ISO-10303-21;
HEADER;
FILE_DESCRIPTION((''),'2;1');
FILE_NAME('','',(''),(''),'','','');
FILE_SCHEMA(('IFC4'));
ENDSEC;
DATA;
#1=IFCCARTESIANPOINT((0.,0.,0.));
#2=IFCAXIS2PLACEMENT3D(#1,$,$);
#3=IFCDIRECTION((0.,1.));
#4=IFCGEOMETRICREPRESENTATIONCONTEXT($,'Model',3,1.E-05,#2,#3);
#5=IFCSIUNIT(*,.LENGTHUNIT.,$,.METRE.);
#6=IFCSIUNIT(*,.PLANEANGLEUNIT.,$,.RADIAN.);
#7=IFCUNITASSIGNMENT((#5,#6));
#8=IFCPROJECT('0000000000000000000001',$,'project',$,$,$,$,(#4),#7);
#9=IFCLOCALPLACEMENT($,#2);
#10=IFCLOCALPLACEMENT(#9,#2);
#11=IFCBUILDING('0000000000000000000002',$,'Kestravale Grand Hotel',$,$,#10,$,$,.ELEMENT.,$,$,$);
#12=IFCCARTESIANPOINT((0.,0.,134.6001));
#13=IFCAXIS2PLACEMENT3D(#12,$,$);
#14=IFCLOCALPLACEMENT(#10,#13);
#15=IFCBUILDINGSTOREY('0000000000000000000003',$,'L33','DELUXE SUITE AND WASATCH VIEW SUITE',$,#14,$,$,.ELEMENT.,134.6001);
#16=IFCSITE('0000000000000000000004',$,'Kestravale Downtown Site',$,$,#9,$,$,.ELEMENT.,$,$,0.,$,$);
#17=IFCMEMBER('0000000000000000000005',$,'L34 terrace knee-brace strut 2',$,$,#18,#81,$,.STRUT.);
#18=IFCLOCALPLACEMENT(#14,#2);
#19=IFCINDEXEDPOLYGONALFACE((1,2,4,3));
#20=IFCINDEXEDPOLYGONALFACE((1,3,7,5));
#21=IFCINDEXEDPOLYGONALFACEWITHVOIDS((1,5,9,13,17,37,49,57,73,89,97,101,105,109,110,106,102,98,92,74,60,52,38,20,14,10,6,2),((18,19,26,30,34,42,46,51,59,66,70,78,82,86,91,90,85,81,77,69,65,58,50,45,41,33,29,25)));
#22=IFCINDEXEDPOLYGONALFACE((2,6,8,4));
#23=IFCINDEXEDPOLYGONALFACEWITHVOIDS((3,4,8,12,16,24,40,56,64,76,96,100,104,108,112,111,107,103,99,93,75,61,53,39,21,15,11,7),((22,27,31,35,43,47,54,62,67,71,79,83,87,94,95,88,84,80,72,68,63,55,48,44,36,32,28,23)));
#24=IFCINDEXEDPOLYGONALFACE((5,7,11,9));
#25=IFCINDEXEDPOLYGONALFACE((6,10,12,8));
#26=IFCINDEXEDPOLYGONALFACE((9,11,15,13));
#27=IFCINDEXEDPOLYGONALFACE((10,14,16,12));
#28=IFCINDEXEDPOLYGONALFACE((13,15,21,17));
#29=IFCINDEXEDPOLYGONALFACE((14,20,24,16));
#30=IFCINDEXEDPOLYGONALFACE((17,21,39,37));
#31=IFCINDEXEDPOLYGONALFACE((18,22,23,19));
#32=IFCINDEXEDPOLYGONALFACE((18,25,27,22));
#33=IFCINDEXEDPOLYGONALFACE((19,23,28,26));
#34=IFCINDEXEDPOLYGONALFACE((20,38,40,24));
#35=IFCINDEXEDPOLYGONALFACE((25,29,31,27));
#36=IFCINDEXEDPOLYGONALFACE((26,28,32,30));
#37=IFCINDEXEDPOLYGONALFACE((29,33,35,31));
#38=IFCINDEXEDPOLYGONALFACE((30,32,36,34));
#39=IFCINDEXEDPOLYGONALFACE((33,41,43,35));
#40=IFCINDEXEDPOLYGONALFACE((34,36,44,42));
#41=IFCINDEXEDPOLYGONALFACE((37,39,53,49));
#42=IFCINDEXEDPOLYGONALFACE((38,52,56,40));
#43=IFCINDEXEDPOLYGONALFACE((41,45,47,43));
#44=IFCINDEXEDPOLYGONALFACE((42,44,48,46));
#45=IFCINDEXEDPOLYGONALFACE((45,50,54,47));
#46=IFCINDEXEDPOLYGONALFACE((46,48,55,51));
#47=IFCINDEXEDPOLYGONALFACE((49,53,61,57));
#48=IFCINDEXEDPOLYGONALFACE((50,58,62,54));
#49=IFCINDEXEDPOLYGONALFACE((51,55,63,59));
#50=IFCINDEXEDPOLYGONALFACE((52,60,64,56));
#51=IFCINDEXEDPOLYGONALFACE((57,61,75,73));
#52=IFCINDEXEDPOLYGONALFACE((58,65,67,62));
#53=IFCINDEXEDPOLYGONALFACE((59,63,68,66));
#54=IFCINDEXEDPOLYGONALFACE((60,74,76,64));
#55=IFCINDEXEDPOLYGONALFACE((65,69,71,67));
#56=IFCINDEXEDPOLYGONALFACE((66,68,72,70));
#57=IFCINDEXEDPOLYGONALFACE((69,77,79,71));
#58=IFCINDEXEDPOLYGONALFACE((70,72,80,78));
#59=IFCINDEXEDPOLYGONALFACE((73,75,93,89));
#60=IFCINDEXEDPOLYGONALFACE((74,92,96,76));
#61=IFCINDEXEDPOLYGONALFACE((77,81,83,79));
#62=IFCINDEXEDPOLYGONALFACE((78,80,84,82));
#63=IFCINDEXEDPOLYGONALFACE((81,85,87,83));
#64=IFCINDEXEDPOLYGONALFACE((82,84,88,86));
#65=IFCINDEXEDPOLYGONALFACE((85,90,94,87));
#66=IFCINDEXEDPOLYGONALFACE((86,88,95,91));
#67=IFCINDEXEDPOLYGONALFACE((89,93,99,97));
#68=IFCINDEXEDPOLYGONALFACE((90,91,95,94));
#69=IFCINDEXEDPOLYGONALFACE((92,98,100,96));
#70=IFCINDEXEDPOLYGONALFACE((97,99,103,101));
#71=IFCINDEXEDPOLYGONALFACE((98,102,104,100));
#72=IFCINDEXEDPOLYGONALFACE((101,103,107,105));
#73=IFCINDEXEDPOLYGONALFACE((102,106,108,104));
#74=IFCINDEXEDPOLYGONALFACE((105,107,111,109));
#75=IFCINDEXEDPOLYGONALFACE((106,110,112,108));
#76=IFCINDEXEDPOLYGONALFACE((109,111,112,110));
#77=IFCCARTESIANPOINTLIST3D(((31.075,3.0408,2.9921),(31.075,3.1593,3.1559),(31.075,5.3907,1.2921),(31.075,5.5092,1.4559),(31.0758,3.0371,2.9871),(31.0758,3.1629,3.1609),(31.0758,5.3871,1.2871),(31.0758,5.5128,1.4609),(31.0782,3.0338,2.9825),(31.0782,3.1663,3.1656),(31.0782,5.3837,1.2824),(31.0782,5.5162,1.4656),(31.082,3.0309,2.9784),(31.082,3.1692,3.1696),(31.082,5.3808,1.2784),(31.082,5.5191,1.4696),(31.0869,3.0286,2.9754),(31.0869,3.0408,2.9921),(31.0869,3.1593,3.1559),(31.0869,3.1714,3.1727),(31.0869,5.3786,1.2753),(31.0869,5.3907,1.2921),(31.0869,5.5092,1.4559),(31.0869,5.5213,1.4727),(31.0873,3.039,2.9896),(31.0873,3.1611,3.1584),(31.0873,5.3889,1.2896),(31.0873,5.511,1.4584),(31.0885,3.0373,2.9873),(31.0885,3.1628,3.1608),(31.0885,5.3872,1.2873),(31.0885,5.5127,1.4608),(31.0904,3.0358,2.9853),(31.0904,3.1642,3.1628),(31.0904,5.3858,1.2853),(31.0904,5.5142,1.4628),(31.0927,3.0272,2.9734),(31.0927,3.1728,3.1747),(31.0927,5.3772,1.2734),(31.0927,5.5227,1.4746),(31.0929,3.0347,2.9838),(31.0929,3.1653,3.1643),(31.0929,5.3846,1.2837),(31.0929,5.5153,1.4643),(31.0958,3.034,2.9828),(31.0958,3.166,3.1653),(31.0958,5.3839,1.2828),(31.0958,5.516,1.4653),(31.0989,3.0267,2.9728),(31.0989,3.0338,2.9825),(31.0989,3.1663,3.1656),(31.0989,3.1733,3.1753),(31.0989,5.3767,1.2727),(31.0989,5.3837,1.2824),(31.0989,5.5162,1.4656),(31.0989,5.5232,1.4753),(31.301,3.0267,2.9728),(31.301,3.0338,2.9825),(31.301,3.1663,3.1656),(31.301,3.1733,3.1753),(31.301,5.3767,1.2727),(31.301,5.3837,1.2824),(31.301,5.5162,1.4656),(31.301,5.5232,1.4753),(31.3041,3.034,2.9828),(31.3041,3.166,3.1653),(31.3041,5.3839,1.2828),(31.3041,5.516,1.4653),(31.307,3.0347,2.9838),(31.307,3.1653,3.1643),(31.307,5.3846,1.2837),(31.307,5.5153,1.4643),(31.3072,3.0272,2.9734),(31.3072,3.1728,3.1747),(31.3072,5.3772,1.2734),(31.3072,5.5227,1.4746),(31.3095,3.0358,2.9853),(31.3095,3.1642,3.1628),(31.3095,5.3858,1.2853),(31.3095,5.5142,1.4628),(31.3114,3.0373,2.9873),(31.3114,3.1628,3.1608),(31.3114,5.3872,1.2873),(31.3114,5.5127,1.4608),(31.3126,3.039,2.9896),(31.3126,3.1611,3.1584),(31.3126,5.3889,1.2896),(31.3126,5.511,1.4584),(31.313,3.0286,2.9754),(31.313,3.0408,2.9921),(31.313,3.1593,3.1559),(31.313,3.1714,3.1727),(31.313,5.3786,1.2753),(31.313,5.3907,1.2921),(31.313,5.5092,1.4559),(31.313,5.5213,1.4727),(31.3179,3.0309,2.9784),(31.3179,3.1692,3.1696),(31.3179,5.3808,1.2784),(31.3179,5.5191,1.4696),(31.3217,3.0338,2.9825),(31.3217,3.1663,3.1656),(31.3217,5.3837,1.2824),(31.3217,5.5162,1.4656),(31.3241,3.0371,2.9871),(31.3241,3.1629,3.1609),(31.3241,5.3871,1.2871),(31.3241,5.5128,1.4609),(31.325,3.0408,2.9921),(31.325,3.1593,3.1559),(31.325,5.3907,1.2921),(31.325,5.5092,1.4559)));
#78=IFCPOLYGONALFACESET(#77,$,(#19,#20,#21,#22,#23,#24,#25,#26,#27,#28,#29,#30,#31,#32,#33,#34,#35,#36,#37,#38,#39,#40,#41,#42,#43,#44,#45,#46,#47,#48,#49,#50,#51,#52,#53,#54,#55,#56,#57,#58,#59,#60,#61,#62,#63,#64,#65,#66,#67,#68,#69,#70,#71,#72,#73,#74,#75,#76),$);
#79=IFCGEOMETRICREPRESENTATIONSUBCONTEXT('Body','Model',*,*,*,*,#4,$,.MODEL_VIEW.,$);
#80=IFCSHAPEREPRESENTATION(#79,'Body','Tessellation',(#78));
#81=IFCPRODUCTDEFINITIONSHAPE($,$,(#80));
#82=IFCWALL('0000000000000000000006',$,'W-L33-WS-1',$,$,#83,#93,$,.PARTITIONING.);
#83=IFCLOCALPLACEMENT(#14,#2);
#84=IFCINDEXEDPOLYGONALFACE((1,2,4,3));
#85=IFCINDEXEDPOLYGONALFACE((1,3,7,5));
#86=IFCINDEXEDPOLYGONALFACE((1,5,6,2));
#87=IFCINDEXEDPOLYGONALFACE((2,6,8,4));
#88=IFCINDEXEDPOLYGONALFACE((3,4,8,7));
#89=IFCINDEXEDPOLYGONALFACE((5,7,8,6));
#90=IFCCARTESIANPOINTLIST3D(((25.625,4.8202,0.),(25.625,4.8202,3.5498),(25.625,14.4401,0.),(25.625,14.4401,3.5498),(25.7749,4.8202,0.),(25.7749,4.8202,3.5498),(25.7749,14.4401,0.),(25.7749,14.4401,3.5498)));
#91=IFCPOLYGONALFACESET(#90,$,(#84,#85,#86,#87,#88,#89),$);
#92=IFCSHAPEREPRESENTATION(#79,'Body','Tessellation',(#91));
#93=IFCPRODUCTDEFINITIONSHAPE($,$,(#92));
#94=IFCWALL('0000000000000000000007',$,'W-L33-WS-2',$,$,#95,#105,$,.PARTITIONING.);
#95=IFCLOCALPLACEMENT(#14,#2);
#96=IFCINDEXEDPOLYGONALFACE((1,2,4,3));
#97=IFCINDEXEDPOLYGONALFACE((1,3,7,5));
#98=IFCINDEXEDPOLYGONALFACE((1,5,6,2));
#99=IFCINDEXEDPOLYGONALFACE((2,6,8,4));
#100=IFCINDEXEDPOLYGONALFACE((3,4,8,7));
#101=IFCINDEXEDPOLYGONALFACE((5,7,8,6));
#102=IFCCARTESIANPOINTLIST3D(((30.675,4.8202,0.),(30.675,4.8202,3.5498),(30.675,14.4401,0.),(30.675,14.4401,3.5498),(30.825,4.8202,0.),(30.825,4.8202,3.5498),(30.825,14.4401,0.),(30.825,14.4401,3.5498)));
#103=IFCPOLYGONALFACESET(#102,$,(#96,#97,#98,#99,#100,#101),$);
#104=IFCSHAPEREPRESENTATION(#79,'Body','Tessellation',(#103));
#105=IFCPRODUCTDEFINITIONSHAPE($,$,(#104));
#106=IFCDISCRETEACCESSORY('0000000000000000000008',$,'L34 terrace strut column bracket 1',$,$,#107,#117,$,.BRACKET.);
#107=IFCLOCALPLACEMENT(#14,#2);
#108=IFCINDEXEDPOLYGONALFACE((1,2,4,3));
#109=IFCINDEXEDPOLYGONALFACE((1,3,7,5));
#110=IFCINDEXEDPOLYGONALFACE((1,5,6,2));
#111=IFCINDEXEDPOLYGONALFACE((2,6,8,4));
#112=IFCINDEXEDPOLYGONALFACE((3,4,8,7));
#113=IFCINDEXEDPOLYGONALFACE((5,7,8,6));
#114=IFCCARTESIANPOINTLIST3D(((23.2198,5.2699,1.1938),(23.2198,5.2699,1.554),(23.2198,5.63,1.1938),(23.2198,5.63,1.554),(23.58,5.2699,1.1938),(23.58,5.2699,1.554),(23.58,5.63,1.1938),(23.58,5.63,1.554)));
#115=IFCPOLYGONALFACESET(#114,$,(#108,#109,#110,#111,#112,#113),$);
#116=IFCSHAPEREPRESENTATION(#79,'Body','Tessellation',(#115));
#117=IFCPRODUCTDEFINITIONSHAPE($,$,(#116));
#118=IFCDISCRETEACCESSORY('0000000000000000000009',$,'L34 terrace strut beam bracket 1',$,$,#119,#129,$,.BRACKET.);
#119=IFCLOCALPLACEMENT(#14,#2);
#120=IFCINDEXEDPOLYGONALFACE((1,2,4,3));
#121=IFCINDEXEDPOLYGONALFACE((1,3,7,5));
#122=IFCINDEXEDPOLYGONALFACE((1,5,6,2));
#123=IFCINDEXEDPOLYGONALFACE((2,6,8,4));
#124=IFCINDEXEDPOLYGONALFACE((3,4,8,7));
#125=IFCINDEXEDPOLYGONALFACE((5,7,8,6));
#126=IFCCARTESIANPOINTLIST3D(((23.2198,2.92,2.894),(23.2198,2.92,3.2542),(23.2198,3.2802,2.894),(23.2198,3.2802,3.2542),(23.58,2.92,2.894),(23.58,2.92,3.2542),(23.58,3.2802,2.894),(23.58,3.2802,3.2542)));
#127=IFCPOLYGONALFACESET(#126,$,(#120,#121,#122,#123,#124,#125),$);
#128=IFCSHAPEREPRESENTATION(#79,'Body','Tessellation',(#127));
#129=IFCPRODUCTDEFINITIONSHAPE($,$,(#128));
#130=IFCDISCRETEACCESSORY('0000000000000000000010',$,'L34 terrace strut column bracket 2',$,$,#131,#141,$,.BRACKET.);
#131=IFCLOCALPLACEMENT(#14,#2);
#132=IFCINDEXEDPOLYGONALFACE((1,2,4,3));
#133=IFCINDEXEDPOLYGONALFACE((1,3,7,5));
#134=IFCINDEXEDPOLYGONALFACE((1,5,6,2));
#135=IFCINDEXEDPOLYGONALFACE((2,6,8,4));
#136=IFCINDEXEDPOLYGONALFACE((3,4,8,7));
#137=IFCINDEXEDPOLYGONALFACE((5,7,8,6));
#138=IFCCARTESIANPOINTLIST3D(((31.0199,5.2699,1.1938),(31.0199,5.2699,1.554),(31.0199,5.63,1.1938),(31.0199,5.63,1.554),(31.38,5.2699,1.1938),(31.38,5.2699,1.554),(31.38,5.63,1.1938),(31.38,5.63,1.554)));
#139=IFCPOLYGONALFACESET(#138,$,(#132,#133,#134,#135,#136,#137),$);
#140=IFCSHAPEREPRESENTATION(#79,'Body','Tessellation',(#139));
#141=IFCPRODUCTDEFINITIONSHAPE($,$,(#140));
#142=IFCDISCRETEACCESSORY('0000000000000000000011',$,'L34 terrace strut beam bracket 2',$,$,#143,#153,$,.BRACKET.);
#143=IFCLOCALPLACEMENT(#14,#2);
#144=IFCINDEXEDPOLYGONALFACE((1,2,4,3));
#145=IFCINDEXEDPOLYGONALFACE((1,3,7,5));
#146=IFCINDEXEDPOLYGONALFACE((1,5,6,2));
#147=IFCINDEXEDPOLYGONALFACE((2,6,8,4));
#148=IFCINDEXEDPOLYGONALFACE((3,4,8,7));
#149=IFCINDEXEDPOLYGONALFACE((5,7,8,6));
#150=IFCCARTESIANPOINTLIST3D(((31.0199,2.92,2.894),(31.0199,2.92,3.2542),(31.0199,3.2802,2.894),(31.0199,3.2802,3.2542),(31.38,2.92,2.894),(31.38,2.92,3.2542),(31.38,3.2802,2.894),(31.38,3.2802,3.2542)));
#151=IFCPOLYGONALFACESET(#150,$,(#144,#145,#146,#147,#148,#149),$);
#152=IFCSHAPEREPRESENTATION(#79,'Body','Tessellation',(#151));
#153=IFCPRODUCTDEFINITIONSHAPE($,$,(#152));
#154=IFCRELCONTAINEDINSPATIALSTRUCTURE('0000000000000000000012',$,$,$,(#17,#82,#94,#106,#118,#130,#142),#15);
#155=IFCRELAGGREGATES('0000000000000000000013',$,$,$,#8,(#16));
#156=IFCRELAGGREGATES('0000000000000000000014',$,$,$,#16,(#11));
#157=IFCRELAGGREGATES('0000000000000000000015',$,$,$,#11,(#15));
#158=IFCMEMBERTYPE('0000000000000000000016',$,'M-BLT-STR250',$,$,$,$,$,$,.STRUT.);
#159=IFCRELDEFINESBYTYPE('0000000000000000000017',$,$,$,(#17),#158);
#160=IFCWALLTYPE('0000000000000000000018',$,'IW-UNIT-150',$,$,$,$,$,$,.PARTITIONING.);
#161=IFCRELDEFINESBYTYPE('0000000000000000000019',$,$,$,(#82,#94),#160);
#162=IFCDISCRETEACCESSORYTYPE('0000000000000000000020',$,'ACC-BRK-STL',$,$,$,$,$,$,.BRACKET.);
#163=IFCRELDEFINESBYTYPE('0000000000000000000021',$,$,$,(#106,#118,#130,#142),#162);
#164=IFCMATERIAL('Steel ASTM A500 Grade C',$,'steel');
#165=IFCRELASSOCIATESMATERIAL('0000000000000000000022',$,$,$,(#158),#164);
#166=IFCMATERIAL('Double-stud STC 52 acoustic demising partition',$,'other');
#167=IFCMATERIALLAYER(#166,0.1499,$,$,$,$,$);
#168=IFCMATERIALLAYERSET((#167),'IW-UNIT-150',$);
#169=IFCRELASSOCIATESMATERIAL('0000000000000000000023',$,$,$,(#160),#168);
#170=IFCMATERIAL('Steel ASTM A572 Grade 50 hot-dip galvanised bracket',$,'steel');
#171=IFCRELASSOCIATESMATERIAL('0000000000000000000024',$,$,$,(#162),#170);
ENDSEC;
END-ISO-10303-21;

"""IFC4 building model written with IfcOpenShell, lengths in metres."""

from ifc_helpers import new_model, si_unit, direction, frame, frame_2d, origin, origin_2d, place, context, subcontext, project, spatial, rectangle, hollow_rectangle, extrude, material, layer, layer_set, material_profile, profile_set, type_object, element, save


model = new_model("IFC4")

# Units and contexts
model_context = context("Model", 3, precision=1e-05, world=origin(), true_north=direction((0.0, 1.0)))
body_context = subcontext(model_context, "Body", "Model", "MODEL_VIEW")
ifc_project = project(units=[si_unit("LENGTHUNIT", "METRE"), si_unit("PLANEANGLEUNIT", "RADIAN")], contexts=[model_context])

# Site, building, storey
site_placement = place(None, origin())
site = spatial("IfcSite", under=ifc_project, at=site_placement, Name="Kestravale Downtown Site", CompositionType="ELEMENT", RefElevation=0.0)
building_placement = place(site_placement, origin())
building = spatial("IfcBuilding", under=site, at=building_placement, Name="Kestravale Grand Hotel", CompositionType="ELEMENT")
storey_placement = place(building_placement, frame((0.0, 0.0, 134.6001)))
storey = spatial("IfcBuildingStorey", under=building, at=storey_placement, Name="L33", Description="DELUXE SUITE AND WASATCH VIEW SUITE", CompositionType="ELEMENT", Elevation=134.6001)

# Member
ifc_material_1 = material(Name="Steel ASTM A500 Grade C", Category="steel")
ifc_material_profile_1 = material_profile(ifc_material_1, hollow_rectangle(XDim=0.25, YDim=0.25, WallThickness=0.012, InnerFilletRadius=0.012, OuterFilletRadius=0.0239, at=origin_2d()))
ifc_profile_set_1 = profile_set([ifc_material_profile_1], Name="Steel ASTM A500 Grade C")
member_type = type_object("IfcMemberType", Name="M-BLT-STR250", PredefinedType="STRUT", material=ifc_profile_set_1)
for number, where, z_axis, x_axis, name in (
    (1, (31.2, 5.45, 1.374), (0.0, -0.810215, 0.586133), (1.0, 0.0, 0.0), "L34 terrace knee-brace strut 2"),
):
    element("IfcMember", number, at=place(storey_placement, frame(where, z_axis=z_axis, x_axis=x_axis)), inside=storey, type_object=member_type, Name=name, PredefinedType="STRUT", context=body_context, shape_type="SweptSolid", body=[
        extrude(hollow_rectangle(XDim=0.25, YDim=0.25, WallThickness=0.012, InnerFilletRadius=0.012, OuterFilletRadius=0.0239, at=origin_2d()), origin(), (0.0, 0.0, 1.0), 2.9004),
    ])

# Walls
ifc_material_2 = material(Name="Double-stud STC 52 acoustic demising partition", Category="other")
ifc_layer = layer(ifc_material_2, 0.1499)
ifc_layer_set = layer_set([ifc_layer], Name="IW-UNIT-150")
wall_type = type_object("IfcWallType", Name="IW-UNIT-150", PredefinedType="PARTITIONING", material=ifc_layer_set)
for number, where, z_axis, x_axis, name in (
    (2, (25.7, 4.8201, 0.0), (0.0, 0.0, 1.0), (0.0, 1.0, 0.0), "W-L33-WS-1"),
    (3, (30.75, 4.8201, 0.0), (0.0, 0.0, 1.0), (0.0, 1.0, 0.0), "W-L33-WS-2"),
):
    element("IfcWall", number, at=place(storey_placement, frame(where, z_axis=z_axis, x_axis=x_axis)), inside=storey, type_object=wall_type, Name=name, PredefinedType="PARTITIONING", context=body_context, shape_type="SweptSolid", body=[
        extrude(rectangle(XDim=9.6199, YDim=0.1499, at=frame_2d((4.8101, 0.0))), origin(), (0.0, 0.0, 1.0), 3.5498),
    ])

# Discrete accessories
ifc_material_3 = material(Name="Steel ASTM A572 Grade 50 hot-dip galvanised bracket", Category="steel")
discrete_accessory_type = type_object("IfcDiscreteAccessoryType", Name="ACC-BRK-STL", PredefinedType="BRACKET", material=ifc_material_3)
for number, where, z_axis, x_axis, name in (
    (4, (23.3999, 5.45, 1.1938), (0.0, 0.0, 1.0), (1.0, 0.0, 0.0), "L34 terrace strut column bracket 1"),
    (5, (23.3999, 3.1001, 2.894), (0.0, 0.0, 1.0), (1.0, 0.0, 0.0), "L34 terrace strut beam bracket 1"),
    (6, (31.2, 5.45, 1.1938), (0.0, 0.0, 1.0), (1.0, 0.0, 0.0), "L34 terrace strut column bracket 2"),
    (7, (31.2, 3.1001, 2.894), (0.0, 0.0, 1.0), (1.0, 0.0, 0.0), "L34 terrace strut beam bracket 2"),
):
    element("IfcDiscreteAccessory", number, at=place(storey_placement, frame(where, z_axis=z_axis, x_axis=x_axis)), inside=storey, type_object=discrete_accessory_type, Name=name, PredefinedType="BRACKET", context=body_context, shape_type="SweptSolid", body=[
        extrude(rectangle(XDim=0.3601, YDim=0.3601, at=origin_2d()), origin(), (0.0, 0.0, 1.0), 0.3601),
    ])

save(model, "model.ifc")
